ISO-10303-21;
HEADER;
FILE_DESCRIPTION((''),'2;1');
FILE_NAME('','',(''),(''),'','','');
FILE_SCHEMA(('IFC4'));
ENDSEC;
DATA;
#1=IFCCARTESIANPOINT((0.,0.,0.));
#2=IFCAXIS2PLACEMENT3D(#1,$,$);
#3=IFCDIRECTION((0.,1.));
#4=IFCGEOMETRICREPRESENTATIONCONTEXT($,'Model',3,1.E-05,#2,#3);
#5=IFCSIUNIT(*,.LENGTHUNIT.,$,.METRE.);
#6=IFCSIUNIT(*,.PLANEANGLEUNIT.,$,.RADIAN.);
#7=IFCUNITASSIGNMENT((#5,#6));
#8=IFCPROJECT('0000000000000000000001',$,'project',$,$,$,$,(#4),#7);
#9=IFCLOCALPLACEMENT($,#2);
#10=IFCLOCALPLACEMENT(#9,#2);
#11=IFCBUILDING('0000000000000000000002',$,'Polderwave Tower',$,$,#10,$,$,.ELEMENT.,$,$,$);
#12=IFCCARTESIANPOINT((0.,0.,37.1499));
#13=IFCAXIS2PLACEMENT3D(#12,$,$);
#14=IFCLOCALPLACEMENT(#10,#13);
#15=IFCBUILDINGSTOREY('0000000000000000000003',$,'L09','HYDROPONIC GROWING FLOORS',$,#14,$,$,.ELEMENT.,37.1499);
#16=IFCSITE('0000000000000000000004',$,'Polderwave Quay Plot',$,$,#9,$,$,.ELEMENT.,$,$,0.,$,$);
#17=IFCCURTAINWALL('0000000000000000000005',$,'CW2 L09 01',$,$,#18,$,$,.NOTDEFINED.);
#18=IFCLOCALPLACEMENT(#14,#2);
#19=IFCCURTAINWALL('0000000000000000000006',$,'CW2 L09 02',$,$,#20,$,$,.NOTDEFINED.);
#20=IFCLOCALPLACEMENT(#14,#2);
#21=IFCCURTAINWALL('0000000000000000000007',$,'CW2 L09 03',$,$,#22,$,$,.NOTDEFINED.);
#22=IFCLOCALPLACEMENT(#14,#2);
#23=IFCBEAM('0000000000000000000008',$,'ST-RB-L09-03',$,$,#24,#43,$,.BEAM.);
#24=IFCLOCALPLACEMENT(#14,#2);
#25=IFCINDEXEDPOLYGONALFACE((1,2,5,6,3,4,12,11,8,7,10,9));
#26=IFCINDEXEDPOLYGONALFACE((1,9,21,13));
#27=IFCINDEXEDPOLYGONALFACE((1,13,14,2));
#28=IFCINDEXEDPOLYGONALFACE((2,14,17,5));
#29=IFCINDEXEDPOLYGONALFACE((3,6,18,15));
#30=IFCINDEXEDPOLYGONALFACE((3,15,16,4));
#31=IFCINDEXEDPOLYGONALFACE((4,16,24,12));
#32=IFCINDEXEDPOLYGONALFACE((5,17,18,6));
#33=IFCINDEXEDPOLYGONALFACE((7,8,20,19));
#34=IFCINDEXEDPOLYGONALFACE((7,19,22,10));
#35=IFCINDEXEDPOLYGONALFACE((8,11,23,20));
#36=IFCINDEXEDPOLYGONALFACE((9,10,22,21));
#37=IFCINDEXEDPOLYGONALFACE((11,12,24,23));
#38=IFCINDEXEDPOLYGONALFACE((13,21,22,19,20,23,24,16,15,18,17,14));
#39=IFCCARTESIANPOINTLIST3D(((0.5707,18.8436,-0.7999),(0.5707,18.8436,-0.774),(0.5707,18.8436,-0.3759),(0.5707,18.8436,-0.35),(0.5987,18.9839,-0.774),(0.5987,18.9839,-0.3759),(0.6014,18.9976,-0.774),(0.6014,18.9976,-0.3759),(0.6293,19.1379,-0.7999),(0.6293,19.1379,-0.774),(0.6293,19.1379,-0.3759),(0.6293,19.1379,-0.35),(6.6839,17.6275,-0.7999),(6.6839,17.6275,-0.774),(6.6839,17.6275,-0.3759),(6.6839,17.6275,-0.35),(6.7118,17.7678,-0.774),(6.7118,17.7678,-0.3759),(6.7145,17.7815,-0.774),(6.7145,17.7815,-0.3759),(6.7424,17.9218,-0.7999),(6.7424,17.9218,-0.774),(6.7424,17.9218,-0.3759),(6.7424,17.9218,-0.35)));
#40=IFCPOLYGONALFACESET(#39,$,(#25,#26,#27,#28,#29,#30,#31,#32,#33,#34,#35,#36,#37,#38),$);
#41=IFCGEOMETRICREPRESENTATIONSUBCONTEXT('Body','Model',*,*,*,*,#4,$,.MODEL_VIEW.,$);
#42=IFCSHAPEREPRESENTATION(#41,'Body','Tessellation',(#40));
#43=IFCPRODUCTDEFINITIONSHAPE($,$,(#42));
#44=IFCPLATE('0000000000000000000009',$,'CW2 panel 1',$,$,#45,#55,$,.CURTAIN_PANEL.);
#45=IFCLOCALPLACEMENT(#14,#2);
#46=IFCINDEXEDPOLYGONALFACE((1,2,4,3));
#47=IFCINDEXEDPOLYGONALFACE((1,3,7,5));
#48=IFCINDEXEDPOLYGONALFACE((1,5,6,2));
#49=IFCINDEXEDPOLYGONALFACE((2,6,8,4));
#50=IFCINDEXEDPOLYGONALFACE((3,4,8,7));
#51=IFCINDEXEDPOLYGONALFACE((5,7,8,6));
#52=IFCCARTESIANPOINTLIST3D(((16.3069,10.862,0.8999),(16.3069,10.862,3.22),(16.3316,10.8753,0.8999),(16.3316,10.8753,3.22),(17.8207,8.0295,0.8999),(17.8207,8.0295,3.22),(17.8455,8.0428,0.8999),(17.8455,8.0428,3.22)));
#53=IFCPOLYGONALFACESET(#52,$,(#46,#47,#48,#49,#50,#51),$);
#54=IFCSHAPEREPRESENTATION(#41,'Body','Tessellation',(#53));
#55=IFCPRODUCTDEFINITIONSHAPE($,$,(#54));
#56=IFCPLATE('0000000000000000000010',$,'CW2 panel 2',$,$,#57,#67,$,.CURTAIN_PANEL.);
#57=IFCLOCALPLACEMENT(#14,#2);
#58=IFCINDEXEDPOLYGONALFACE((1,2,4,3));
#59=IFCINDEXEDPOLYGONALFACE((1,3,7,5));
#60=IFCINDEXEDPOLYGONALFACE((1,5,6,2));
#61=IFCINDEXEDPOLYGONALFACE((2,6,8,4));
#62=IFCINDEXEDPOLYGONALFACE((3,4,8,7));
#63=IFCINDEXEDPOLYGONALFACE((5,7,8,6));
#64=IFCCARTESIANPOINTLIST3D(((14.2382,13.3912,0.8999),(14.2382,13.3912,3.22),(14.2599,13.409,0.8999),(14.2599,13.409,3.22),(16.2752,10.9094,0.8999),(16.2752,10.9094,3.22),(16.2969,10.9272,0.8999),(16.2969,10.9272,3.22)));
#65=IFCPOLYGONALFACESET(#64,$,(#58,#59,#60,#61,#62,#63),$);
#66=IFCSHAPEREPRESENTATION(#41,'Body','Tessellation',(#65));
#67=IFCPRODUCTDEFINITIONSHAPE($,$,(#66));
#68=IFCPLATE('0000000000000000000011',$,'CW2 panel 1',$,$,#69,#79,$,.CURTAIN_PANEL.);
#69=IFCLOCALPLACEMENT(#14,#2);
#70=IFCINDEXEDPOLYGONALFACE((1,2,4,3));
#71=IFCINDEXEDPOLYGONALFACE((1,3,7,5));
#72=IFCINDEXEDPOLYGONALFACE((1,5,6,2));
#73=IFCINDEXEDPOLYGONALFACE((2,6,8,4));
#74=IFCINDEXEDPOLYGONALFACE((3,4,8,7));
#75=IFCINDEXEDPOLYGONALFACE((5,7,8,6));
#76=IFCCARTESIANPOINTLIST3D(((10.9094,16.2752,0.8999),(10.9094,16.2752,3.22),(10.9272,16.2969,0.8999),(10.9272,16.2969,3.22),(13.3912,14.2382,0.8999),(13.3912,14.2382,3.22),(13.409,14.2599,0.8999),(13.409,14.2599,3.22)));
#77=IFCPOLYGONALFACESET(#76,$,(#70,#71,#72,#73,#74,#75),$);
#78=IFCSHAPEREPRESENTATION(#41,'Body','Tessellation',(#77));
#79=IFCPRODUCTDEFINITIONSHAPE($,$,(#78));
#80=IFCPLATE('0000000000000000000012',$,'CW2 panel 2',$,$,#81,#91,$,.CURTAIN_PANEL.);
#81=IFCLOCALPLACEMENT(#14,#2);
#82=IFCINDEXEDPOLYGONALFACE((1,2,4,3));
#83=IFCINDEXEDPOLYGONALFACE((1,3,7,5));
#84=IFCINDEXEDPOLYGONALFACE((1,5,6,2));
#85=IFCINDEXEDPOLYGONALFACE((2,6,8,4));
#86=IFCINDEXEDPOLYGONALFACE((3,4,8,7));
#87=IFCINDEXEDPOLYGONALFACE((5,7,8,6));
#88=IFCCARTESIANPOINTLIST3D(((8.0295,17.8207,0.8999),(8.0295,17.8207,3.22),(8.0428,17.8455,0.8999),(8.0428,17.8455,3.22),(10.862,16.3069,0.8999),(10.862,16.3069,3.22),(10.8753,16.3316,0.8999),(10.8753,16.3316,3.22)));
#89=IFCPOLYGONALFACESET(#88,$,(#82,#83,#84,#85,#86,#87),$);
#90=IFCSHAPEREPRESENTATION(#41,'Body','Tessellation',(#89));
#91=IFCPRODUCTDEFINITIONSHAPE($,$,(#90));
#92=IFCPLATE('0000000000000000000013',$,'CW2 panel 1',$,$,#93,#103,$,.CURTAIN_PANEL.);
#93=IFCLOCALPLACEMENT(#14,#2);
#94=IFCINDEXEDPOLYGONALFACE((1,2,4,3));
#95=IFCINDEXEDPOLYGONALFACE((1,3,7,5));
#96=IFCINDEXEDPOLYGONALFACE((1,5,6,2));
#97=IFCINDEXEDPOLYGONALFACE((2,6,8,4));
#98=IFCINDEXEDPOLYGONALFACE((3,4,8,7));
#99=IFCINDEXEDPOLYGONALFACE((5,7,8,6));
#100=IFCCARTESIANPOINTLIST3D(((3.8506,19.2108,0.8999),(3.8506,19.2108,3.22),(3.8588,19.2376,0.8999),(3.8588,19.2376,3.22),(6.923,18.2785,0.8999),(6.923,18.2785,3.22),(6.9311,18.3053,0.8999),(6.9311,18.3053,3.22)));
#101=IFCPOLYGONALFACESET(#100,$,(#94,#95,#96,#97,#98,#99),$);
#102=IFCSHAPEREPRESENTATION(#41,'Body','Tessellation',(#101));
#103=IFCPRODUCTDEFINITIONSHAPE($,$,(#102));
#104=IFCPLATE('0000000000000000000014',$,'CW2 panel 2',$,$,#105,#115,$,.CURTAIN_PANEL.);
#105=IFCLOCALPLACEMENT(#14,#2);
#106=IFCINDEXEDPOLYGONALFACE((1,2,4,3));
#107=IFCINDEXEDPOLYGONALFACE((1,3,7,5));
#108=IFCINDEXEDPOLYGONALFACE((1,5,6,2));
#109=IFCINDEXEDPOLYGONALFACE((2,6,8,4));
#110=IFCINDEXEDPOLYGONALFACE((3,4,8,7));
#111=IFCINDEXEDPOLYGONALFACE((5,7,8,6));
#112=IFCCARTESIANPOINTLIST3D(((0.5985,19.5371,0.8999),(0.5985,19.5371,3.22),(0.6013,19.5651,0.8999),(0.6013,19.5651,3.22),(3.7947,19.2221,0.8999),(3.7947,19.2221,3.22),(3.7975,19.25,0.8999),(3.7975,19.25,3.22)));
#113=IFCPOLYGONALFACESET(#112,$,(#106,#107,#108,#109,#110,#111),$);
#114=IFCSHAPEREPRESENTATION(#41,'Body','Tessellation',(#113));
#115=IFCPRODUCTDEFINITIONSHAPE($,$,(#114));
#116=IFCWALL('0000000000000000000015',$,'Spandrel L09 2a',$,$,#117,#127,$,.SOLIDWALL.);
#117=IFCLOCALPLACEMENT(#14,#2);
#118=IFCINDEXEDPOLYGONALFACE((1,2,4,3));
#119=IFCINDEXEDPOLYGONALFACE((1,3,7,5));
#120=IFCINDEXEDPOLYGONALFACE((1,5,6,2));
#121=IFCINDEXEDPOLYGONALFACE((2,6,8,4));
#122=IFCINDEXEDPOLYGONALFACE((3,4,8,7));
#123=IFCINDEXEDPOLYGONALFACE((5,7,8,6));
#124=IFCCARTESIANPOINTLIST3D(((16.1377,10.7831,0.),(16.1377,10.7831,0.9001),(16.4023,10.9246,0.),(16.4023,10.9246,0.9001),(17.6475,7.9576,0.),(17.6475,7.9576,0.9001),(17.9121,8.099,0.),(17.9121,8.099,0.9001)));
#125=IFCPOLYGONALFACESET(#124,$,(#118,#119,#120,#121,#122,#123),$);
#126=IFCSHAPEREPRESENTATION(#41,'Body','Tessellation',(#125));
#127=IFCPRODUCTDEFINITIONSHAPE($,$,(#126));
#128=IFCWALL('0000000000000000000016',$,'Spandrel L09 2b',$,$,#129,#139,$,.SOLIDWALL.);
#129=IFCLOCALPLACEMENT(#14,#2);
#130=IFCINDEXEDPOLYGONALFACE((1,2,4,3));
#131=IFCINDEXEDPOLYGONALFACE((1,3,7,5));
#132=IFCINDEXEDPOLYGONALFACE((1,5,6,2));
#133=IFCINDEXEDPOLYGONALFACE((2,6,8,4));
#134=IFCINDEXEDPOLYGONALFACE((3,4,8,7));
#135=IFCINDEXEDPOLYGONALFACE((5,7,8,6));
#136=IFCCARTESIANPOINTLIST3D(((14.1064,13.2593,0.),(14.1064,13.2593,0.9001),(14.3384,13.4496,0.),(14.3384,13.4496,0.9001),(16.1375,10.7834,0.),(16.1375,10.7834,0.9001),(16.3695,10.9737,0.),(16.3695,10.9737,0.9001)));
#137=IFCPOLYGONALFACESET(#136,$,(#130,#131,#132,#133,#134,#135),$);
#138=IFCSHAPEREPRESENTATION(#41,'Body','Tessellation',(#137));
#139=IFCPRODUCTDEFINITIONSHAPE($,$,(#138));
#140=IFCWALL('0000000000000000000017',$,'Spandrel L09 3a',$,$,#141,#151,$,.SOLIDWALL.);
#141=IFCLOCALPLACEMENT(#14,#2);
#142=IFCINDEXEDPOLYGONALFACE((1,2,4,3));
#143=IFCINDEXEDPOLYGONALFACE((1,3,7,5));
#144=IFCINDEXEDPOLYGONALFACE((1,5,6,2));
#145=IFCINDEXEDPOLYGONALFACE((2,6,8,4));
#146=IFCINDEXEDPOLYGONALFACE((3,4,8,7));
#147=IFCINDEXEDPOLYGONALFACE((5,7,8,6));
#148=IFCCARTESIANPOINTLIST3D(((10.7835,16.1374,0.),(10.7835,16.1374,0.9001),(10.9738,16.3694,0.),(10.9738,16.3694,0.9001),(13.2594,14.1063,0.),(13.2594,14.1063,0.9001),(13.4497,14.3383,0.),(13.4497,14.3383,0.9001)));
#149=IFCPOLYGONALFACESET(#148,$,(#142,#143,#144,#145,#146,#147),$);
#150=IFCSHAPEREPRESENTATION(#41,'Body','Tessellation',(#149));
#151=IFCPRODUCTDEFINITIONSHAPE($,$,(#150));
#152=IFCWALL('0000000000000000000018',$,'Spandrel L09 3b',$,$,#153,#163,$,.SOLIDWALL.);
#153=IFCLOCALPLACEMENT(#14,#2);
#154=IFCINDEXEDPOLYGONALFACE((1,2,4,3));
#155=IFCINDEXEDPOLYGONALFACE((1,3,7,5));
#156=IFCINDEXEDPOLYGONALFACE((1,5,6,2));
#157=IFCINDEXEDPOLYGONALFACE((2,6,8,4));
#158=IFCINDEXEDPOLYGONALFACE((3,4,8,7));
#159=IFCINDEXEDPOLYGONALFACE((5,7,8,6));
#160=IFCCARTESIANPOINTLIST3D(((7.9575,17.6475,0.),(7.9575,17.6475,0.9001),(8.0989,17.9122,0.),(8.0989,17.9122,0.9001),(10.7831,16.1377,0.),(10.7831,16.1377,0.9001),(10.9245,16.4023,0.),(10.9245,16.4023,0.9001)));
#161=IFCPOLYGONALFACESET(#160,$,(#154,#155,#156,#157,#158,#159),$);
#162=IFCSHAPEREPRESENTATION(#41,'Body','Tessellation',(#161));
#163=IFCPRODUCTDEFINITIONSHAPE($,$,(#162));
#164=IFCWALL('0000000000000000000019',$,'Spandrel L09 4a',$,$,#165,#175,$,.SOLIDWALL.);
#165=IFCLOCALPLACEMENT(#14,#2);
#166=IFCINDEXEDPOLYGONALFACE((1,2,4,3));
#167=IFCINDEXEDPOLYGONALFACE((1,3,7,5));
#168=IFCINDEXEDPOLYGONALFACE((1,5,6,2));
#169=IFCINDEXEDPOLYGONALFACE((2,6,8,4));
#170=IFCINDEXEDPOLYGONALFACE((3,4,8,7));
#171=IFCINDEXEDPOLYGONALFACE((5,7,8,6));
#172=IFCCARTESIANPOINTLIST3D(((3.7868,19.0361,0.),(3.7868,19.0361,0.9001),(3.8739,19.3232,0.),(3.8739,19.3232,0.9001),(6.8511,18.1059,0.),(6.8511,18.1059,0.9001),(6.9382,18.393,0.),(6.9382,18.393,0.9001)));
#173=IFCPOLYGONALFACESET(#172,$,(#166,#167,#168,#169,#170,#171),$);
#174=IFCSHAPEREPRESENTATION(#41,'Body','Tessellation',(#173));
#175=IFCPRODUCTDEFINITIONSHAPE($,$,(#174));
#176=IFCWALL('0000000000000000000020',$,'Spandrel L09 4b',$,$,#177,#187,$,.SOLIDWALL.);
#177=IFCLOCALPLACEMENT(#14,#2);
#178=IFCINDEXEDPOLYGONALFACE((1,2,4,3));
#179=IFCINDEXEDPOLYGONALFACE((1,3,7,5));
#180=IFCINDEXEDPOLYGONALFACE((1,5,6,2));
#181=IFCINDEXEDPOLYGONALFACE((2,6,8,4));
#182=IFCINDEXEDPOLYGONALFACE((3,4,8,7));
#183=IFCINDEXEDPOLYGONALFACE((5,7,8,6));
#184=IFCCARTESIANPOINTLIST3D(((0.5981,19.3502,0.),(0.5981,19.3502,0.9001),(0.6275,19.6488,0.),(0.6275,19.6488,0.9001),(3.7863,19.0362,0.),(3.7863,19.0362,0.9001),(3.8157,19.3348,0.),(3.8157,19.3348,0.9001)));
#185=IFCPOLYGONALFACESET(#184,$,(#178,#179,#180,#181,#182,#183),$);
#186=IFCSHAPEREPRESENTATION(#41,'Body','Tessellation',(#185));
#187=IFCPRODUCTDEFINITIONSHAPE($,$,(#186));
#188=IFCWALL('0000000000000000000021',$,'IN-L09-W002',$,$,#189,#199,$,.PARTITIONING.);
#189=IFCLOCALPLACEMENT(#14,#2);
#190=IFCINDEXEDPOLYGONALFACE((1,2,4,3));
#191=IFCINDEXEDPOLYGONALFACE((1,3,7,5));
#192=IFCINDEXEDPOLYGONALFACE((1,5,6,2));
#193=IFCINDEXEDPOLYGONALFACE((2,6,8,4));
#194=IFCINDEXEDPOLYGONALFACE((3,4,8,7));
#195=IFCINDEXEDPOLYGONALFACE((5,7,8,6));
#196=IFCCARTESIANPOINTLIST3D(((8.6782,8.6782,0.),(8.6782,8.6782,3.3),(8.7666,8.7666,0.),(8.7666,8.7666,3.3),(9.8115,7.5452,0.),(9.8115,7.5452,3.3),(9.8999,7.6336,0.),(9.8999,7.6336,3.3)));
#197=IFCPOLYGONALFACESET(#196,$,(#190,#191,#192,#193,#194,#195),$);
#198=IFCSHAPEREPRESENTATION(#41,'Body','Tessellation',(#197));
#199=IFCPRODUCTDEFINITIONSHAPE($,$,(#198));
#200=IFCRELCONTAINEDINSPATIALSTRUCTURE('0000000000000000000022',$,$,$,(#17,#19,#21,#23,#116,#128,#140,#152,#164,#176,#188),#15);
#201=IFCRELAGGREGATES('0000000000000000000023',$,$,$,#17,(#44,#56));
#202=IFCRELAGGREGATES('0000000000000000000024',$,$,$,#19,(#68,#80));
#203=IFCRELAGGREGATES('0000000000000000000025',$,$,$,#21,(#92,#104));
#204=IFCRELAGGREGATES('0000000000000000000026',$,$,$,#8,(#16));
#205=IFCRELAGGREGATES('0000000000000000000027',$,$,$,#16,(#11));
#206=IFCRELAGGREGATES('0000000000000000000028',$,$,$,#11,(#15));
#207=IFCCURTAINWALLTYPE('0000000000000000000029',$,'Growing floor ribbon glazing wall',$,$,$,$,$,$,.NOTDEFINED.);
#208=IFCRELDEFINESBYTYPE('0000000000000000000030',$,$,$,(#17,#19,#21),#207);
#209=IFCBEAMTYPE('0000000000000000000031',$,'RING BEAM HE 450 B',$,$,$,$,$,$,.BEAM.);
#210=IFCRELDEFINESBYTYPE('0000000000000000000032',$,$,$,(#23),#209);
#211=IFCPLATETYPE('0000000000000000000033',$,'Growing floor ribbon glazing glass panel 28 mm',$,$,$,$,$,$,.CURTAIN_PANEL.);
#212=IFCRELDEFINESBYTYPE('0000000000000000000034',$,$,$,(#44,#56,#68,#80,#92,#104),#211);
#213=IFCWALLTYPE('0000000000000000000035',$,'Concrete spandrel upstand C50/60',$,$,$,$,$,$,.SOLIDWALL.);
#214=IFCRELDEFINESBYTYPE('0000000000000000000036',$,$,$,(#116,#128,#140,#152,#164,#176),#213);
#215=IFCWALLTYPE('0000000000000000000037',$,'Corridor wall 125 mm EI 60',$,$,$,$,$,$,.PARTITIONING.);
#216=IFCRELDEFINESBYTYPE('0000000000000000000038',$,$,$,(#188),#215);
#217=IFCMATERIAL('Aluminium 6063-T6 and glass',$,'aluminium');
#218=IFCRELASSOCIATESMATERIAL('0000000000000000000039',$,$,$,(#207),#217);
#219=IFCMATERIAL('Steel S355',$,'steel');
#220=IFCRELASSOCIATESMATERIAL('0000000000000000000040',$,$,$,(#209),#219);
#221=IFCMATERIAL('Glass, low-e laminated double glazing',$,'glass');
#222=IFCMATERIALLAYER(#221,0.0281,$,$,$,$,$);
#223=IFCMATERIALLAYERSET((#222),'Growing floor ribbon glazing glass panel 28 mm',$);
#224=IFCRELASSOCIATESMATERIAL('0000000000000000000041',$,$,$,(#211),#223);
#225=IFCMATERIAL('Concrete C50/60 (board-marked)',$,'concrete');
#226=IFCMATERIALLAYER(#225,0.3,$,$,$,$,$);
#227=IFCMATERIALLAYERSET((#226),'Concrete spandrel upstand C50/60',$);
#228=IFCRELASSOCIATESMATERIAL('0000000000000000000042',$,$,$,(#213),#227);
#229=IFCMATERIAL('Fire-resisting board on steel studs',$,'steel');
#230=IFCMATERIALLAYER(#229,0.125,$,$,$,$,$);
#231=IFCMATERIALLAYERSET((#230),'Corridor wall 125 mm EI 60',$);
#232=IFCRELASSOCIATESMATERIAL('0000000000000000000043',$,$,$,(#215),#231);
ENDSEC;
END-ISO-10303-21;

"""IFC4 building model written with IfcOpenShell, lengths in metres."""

from ifc_helpers import new_model, si_unit, direction, frame, frame_2d, origin, origin_2d, place, context, subcontext, project, spatial, rectangle, i_section, extrude, material, layer, layer_set, material_profile, profile_set, type_object, element, aggregate, save


model = new_model("IFC4")

# Units and contexts
model_context = context("Model", 3, precision=1e-05, world=origin(), true_north=direction((0.0, 1.0)))
body_context = subcontext(model_context, "Body", "Model", "MODEL_VIEW")
ifc_project = project(units=[si_unit("LENGTHUNIT", "METRE"), si_unit("PLANEANGLEUNIT", "RADIAN")], contexts=[model_context])

# Site, building, storey
site_placement = place(None, origin())
site = spatial("IfcSite", under=ifc_project, at=site_placement, Name="Polderwave Quay Plot", CompositionType="ELEMENT", RefElevation=0.0)
building_placement = place(site_placement, origin())
building = spatial("IfcBuilding", under=site, at=building_placement, Name="Polderwave Tower", CompositionType="ELEMENT")
storey_placement = place(building_placement, frame((0.0, 0.0, 37.1499)))
storey = spatial("IfcBuildingStorey", under=building, at=storey_placement, Name="L09", Description="HYDROPONIC GROWING FLOORS", CompositionType="ELEMENT", Elevation=37.1499)

# Curtain walls
ifc_material_1 = material(Name="Aluminium 6063-T6 and glass", Category="aluminium")
curtain_wall_type = type_object("IfcCurtainWallType", Name="Growing floor ribbon glazing wall", PredefinedType="NOTDEFINED", material=ifc_material_1)
curtain_wall_1_placement = place(storey_placement, origin())
curtain_wall_1 = element("IfcCurtainWall", 1, at=curtain_wall_1_placement, inside=storey, type_object=curtain_wall_type, Name="CW2 L09 01", PredefinedType="NOTDEFINED")
curtain_wall_2_placement = place(storey_placement, origin())
curtain_wall_2 = element("IfcCurtainWall", 2, at=curtain_wall_2_placement, inside=storey, type_object=curtain_wall_type, Name="CW2 L09 02", PredefinedType="NOTDEFINED")
curtain_wall_3_placement = place(storey_placement, origin())
curtain_wall_3 = element("IfcCurtainWall", 3, at=curtain_wall_3_placement, inside=storey, type_object=curtain_wall_type, Name="CW2 L09 03", PredefinedType="NOTDEFINED")

# Beam
ifc_material_2 = material(Name="Steel S355", Category="steel")
ifc_material_profile_1 = material_profile(ifc_material_2, i_section(OverallWidth=0.3, OverallDepth=0.45, WebThickness=0.0139, FlangeThickness=0.0259, at=origin_2d()), Name="HE 450 B")
ifc_profile_set_1 = profile_set([ifc_material_profile_1], Name="Steel S355")
beam_type = type_object("IfcBeamType", Name="RING BEAM HE 450 B", PredefinedType="BEAM", material=ifc_profile_set_1)
beam_placement = place(storey_placement, frame((6.7131, 17.7747, -0.575), z_axis=(-0.980782, 0.195107, 0.0), x_axis=(-0.195107, -0.980782, 0.0)))
element("IfcBeam", 4, at=beam_placement, inside=storey, type_object=beam_type, Name="ST-RB-L09-03", PredefinedType="BEAM", context=body_context, shape_type="SweptSolid", body=[
    extrude(i_section(OverallWidth=0.3, OverallDepth=0.45, WebThickness=0.0139, FlangeThickness=0.0259, at=origin_2d()), origin(), (0.0, 0.0, 1.0), 6.2329),
])

# Plates
ifc_material_3 = material(Name="Glass, low-e laminated double glazing", Category="glass")
ifc_layer_1 = layer(ifc_material_3, 0.0281)
ifc_layer_set_1 = layer_set([ifc_layer_1], Name="Growing floor ribbon glazing glass panel 28 mm")
plate_type = type_object("IfcPlateType", Name="Growing floor ribbon glazing glass panel 28 mm", PredefinedType="CURTAIN_PANEL", material=ifc_layer_set_1)
plate_1_placement = place(storey_placement, frame((17.0762, 9.4524, 0.8999), z_axis=(0.0, 0.0, 1.0), x_axis=(-0.471357, 0.881943, 0.0)))
plate_1 = element("IfcPlate", 5, at=plate_1_placement, type_object=plate_type, Name="CW2 panel 1", PredefinedType="CURTAIN_PANEL", context=body_context, shape_type="SweptSolid", body=[
    extrude(rectangle(XDim=3.2117, YDim=0.0281, at=origin_2d()), origin(), (0.0, 0.0, 1.0), 2.3201),
])
plate_2_placement = place(storey_placement, frame((15.2676, 12.1592, 0.8999), z_axis=(0.0, 0.0, 1.0), x_axis=(-0.63443, 0.772981, 0.0)))
plate_2 = element("IfcPlate", 6, at=plate_2_placement, type_object=plate_type, Name="CW2 panel 2", PredefinedType="CURTAIN_PANEL", context=body_context, shape_type="SweptSolid", body=[
    extrude(rectangle(XDim=3.2107, YDim=0.0281, at=origin_2d()), origin(), (0.0, 0.0, 1.0), 2.3201),
])
aggregate(curtain_wall_1, [plate_1, plate_2])
plate_3_placement = place(storey_placement, frame((12.1592, 15.2676, 0.8999), z_axis=(0.0, 0.0, 1.0), x_axis=(-0.772981, 0.63443, 0.0)))
plate_3 = element("IfcPlate", 7, at=plate_3_placement, type_object=plate_type, Name="CW2 panel 1", PredefinedType="CURTAIN_PANEL", context=body_context, shape_type="SweptSolid", body=[
    extrude(rectangle(XDim=3.2107, YDim=0.0281, at=origin_2d()), origin(), (0.0, 0.0, 1.0), 2.3201),
])
plate_4_placement = place(storey_placement, frame((9.4524, 17.0762, 0.8999), z_axis=(0.0, 0.0, 1.0), x_axis=(-0.881943, 0.471357, 0.0)))
plate_4 = element("IfcPlate", 8, at=plate_4_placement, type_object=plate_type, Name="CW2 panel 2", PredefinedType="CURTAIN_PANEL", context=body_context, shape_type="SweptSolid", body=[
    extrude(rectangle(XDim=3.2117, YDim=0.0281, at=origin_2d()), origin(), (0.0, 0.0, 1.0), 2.3201),
])
aggregate(curtain_wall_2, [plate_3, plate_4])
plate_5_placement = place(storey_placement, frame((5.3909, 18.7581, 0.8999), z_axis=(0.0, 0.0, 1.0), x_axis=(-0.956913, 0.290375, 0.0)))
plate_5 = element("IfcPlate", 9, at=plate_5_placement, type_object=plate_type, Name="CW2 panel 1", PredefinedType="CURTAIN_PANEL", context=body_context, shape_type="SweptSolid", body=[
    extrude(rectangle(XDim=3.2107, YDim=0.0281, at=origin_2d()), origin(), (0.0, 0.0, 1.0), 2.3201),
])
plate_6_placement = place(storey_placement, frame((2.198, 19.3936, 0.8999), z_axis=(0.0, 0.0, 1.0), x_axis=(-0.995177, 0.098099, 0.0)))
plate_6 = element("IfcPlate", 10, at=plate_6_placement, type_object=plate_type, Name="CW2 panel 2", PredefinedType="CURTAIN_PANEL", context=body_context, shape_type="SweptSolid", body=[
    extrude(rectangle(XDim=3.2117, YDim=0.0281, at=origin_2d()), origin(), (0.0, 0.0, 1.0), 2.3201),
])
aggregate(curtain_wall_3, [plate_5, plate_6])

# Walls
ifc_material_4 = material(Name="Concrete C50/60 (board-marked)", Category="concrete")
ifc_layer_2 = layer(ifc_material_4, 0.3)
ifc_layer_set_2 = layer_set([ifc_layer_2], Name="Concrete spandrel upstand C50/60")
wall_type_1 = type_object("IfcWallType", Name="Concrete spandrel upstand C50/60", PredefinedType="SOLIDWALL", material=ifc_layer_set_2)
wall_1_placement = place(storey_placement, frame((17.7798, 8.0283, 0.0), z_axis=(0.0, 0.0, 1.0), x_axis=(-0.471284, 0.881981, 0.0)))
element("IfcWall", 11, at=wall_1_placement, inside=storey, type_object=wall_type_1, Name="Spandrel L09 2a", PredefinedType="SOLIDWALL", context=body_context, shape_type="SweptSolid", body=[
    extrude(rectangle(XDim=3.2036, YDim=0.3, at=frame_2d((1.6018, 0.0))), origin(), (0.0, 0.0, 1.0), 0.9001),
])
for number, where, z_axis, x_axis, name in (
    (12, (16.2534, 10.8787, 0.0), (0.0, 0.0, 1.0), (-0.634234, 0.773141, 0.0), "Spandrel L09 2b"),
    (13, (13.3545, 14.2224, 0.0), (0.0, 0.0, 1.0), (-0.773141, 0.634234, 0.0), "Spandrel L09 3a"),
):
    element("IfcWall", number, at=place(storey_placement, frame(where, z_axis=z_axis, x_axis=x_axis)), inside=storey, type_object=wall_type_1, Name=name, PredefinedType="SOLIDWALL", context=body_context, shape_type="SweptSolid", body=[
        extrude(rectangle(XDim=3.2024, YDim=0.3, at=frame_2d((1.6011, 0.0))), origin(), (0.0, 0.0, 1.0), 0.9001),
    ])
wall_2_placement = place(storey_placement, frame((10.8538, 16.27, 0.0), z_axis=(0.0, 0.0, 1.0), x_axis=(-0.881981, 0.471284, 0.0)))
element("IfcWall", 14, at=wall_2_placement, inside=storey, type_object=wall_type_1, Name="Spandrel L09 3b", PredefinedType="SOLIDWALL", context=body_context, shape_type="SweptSolid", body=[
    extrude(rectangle(XDim=3.2036, YDim=0.3, at=frame_2d((1.6018, 0.0))), origin(), (0.0, 0.0, 1.0), 0.9001),
])
wall_3_placement = place(storey_placement, frame((6.8945, 18.2495, 0.0), z_axis=(0.0, 0.0, 1.0), x_axis=(-0.956883, 0.290473, 0.0)))
element("IfcWall", 15, at=wall_3_placement, inside=storey, type_object=wall_type_1, Name="Spandrel L09 4a", PredefinedType="SOLIDWALL", context=body_context, shape_type="SweptSolid", body=[
    extrude(rectangle(XDim=3.2024, YDim=0.3, at=frame_2d((1.6011, 0.0))), origin(), (0.0, 0.0, 1.0), 0.9001),
])
wall_4_placement = place(storey_placement, frame((3.801, 19.1855, 0.0), z_axis=(0.0, 0.0, 1.0), x_axis=(-0.995186, 0.098002, 0.0)))
element("IfcWall", 16, at=wall_4_placement, inside=storey, type_object=wall_type_1, Name="Spandrel L09 4b", PredefinedType="SOLIDWALL", context=body_context, shape_type="SweptSolid", body=[
    extrude(rectangle(XDim=3.2036, YDim=0.3, at=frame_2d((1.6018, 0.0))), origin(), (0.0, 0.0, 1.0), 0.9001),
])
ifc_material_5 = material(Name="Fire-resisting board on steel studs", Category="steel")
ifc_layer_3 = layer(ifc_material_5, 0.125)
ifc_layer_set_3 = layer_set([ifc_layer_3], Name="Corridor wall 125 mm EI 60")
wall_type_2 = type_object("IfcWallType", Name="Corridor wall 125 mm EI 60", PredefinedType="PARTITIONING", material=ifc_layer_set_3)
wall_5_placement = place(storey_placement, frame((8.7224, 8.7224, 0.0), z_axis=(0.0, 0.0, 1.0), x_axis=(0.707183, -0.707031, 0.0)))
element("IfcWall", 17, at=wall_5_placement, inside=storey, type_object=wall_type_2, Name="IN-L09-W002", PredefinedType="PARTITIONING", context=body_context, shape_type="SweptSolid", body=[
    extrude(rectangle(XDim=1.6025, YDim=0.125, at=frame_2d((0.8013, 0.0))), origin(), (0.0, 0.0, 1.0), 3.3),
])

save(model, "model.ifc")
